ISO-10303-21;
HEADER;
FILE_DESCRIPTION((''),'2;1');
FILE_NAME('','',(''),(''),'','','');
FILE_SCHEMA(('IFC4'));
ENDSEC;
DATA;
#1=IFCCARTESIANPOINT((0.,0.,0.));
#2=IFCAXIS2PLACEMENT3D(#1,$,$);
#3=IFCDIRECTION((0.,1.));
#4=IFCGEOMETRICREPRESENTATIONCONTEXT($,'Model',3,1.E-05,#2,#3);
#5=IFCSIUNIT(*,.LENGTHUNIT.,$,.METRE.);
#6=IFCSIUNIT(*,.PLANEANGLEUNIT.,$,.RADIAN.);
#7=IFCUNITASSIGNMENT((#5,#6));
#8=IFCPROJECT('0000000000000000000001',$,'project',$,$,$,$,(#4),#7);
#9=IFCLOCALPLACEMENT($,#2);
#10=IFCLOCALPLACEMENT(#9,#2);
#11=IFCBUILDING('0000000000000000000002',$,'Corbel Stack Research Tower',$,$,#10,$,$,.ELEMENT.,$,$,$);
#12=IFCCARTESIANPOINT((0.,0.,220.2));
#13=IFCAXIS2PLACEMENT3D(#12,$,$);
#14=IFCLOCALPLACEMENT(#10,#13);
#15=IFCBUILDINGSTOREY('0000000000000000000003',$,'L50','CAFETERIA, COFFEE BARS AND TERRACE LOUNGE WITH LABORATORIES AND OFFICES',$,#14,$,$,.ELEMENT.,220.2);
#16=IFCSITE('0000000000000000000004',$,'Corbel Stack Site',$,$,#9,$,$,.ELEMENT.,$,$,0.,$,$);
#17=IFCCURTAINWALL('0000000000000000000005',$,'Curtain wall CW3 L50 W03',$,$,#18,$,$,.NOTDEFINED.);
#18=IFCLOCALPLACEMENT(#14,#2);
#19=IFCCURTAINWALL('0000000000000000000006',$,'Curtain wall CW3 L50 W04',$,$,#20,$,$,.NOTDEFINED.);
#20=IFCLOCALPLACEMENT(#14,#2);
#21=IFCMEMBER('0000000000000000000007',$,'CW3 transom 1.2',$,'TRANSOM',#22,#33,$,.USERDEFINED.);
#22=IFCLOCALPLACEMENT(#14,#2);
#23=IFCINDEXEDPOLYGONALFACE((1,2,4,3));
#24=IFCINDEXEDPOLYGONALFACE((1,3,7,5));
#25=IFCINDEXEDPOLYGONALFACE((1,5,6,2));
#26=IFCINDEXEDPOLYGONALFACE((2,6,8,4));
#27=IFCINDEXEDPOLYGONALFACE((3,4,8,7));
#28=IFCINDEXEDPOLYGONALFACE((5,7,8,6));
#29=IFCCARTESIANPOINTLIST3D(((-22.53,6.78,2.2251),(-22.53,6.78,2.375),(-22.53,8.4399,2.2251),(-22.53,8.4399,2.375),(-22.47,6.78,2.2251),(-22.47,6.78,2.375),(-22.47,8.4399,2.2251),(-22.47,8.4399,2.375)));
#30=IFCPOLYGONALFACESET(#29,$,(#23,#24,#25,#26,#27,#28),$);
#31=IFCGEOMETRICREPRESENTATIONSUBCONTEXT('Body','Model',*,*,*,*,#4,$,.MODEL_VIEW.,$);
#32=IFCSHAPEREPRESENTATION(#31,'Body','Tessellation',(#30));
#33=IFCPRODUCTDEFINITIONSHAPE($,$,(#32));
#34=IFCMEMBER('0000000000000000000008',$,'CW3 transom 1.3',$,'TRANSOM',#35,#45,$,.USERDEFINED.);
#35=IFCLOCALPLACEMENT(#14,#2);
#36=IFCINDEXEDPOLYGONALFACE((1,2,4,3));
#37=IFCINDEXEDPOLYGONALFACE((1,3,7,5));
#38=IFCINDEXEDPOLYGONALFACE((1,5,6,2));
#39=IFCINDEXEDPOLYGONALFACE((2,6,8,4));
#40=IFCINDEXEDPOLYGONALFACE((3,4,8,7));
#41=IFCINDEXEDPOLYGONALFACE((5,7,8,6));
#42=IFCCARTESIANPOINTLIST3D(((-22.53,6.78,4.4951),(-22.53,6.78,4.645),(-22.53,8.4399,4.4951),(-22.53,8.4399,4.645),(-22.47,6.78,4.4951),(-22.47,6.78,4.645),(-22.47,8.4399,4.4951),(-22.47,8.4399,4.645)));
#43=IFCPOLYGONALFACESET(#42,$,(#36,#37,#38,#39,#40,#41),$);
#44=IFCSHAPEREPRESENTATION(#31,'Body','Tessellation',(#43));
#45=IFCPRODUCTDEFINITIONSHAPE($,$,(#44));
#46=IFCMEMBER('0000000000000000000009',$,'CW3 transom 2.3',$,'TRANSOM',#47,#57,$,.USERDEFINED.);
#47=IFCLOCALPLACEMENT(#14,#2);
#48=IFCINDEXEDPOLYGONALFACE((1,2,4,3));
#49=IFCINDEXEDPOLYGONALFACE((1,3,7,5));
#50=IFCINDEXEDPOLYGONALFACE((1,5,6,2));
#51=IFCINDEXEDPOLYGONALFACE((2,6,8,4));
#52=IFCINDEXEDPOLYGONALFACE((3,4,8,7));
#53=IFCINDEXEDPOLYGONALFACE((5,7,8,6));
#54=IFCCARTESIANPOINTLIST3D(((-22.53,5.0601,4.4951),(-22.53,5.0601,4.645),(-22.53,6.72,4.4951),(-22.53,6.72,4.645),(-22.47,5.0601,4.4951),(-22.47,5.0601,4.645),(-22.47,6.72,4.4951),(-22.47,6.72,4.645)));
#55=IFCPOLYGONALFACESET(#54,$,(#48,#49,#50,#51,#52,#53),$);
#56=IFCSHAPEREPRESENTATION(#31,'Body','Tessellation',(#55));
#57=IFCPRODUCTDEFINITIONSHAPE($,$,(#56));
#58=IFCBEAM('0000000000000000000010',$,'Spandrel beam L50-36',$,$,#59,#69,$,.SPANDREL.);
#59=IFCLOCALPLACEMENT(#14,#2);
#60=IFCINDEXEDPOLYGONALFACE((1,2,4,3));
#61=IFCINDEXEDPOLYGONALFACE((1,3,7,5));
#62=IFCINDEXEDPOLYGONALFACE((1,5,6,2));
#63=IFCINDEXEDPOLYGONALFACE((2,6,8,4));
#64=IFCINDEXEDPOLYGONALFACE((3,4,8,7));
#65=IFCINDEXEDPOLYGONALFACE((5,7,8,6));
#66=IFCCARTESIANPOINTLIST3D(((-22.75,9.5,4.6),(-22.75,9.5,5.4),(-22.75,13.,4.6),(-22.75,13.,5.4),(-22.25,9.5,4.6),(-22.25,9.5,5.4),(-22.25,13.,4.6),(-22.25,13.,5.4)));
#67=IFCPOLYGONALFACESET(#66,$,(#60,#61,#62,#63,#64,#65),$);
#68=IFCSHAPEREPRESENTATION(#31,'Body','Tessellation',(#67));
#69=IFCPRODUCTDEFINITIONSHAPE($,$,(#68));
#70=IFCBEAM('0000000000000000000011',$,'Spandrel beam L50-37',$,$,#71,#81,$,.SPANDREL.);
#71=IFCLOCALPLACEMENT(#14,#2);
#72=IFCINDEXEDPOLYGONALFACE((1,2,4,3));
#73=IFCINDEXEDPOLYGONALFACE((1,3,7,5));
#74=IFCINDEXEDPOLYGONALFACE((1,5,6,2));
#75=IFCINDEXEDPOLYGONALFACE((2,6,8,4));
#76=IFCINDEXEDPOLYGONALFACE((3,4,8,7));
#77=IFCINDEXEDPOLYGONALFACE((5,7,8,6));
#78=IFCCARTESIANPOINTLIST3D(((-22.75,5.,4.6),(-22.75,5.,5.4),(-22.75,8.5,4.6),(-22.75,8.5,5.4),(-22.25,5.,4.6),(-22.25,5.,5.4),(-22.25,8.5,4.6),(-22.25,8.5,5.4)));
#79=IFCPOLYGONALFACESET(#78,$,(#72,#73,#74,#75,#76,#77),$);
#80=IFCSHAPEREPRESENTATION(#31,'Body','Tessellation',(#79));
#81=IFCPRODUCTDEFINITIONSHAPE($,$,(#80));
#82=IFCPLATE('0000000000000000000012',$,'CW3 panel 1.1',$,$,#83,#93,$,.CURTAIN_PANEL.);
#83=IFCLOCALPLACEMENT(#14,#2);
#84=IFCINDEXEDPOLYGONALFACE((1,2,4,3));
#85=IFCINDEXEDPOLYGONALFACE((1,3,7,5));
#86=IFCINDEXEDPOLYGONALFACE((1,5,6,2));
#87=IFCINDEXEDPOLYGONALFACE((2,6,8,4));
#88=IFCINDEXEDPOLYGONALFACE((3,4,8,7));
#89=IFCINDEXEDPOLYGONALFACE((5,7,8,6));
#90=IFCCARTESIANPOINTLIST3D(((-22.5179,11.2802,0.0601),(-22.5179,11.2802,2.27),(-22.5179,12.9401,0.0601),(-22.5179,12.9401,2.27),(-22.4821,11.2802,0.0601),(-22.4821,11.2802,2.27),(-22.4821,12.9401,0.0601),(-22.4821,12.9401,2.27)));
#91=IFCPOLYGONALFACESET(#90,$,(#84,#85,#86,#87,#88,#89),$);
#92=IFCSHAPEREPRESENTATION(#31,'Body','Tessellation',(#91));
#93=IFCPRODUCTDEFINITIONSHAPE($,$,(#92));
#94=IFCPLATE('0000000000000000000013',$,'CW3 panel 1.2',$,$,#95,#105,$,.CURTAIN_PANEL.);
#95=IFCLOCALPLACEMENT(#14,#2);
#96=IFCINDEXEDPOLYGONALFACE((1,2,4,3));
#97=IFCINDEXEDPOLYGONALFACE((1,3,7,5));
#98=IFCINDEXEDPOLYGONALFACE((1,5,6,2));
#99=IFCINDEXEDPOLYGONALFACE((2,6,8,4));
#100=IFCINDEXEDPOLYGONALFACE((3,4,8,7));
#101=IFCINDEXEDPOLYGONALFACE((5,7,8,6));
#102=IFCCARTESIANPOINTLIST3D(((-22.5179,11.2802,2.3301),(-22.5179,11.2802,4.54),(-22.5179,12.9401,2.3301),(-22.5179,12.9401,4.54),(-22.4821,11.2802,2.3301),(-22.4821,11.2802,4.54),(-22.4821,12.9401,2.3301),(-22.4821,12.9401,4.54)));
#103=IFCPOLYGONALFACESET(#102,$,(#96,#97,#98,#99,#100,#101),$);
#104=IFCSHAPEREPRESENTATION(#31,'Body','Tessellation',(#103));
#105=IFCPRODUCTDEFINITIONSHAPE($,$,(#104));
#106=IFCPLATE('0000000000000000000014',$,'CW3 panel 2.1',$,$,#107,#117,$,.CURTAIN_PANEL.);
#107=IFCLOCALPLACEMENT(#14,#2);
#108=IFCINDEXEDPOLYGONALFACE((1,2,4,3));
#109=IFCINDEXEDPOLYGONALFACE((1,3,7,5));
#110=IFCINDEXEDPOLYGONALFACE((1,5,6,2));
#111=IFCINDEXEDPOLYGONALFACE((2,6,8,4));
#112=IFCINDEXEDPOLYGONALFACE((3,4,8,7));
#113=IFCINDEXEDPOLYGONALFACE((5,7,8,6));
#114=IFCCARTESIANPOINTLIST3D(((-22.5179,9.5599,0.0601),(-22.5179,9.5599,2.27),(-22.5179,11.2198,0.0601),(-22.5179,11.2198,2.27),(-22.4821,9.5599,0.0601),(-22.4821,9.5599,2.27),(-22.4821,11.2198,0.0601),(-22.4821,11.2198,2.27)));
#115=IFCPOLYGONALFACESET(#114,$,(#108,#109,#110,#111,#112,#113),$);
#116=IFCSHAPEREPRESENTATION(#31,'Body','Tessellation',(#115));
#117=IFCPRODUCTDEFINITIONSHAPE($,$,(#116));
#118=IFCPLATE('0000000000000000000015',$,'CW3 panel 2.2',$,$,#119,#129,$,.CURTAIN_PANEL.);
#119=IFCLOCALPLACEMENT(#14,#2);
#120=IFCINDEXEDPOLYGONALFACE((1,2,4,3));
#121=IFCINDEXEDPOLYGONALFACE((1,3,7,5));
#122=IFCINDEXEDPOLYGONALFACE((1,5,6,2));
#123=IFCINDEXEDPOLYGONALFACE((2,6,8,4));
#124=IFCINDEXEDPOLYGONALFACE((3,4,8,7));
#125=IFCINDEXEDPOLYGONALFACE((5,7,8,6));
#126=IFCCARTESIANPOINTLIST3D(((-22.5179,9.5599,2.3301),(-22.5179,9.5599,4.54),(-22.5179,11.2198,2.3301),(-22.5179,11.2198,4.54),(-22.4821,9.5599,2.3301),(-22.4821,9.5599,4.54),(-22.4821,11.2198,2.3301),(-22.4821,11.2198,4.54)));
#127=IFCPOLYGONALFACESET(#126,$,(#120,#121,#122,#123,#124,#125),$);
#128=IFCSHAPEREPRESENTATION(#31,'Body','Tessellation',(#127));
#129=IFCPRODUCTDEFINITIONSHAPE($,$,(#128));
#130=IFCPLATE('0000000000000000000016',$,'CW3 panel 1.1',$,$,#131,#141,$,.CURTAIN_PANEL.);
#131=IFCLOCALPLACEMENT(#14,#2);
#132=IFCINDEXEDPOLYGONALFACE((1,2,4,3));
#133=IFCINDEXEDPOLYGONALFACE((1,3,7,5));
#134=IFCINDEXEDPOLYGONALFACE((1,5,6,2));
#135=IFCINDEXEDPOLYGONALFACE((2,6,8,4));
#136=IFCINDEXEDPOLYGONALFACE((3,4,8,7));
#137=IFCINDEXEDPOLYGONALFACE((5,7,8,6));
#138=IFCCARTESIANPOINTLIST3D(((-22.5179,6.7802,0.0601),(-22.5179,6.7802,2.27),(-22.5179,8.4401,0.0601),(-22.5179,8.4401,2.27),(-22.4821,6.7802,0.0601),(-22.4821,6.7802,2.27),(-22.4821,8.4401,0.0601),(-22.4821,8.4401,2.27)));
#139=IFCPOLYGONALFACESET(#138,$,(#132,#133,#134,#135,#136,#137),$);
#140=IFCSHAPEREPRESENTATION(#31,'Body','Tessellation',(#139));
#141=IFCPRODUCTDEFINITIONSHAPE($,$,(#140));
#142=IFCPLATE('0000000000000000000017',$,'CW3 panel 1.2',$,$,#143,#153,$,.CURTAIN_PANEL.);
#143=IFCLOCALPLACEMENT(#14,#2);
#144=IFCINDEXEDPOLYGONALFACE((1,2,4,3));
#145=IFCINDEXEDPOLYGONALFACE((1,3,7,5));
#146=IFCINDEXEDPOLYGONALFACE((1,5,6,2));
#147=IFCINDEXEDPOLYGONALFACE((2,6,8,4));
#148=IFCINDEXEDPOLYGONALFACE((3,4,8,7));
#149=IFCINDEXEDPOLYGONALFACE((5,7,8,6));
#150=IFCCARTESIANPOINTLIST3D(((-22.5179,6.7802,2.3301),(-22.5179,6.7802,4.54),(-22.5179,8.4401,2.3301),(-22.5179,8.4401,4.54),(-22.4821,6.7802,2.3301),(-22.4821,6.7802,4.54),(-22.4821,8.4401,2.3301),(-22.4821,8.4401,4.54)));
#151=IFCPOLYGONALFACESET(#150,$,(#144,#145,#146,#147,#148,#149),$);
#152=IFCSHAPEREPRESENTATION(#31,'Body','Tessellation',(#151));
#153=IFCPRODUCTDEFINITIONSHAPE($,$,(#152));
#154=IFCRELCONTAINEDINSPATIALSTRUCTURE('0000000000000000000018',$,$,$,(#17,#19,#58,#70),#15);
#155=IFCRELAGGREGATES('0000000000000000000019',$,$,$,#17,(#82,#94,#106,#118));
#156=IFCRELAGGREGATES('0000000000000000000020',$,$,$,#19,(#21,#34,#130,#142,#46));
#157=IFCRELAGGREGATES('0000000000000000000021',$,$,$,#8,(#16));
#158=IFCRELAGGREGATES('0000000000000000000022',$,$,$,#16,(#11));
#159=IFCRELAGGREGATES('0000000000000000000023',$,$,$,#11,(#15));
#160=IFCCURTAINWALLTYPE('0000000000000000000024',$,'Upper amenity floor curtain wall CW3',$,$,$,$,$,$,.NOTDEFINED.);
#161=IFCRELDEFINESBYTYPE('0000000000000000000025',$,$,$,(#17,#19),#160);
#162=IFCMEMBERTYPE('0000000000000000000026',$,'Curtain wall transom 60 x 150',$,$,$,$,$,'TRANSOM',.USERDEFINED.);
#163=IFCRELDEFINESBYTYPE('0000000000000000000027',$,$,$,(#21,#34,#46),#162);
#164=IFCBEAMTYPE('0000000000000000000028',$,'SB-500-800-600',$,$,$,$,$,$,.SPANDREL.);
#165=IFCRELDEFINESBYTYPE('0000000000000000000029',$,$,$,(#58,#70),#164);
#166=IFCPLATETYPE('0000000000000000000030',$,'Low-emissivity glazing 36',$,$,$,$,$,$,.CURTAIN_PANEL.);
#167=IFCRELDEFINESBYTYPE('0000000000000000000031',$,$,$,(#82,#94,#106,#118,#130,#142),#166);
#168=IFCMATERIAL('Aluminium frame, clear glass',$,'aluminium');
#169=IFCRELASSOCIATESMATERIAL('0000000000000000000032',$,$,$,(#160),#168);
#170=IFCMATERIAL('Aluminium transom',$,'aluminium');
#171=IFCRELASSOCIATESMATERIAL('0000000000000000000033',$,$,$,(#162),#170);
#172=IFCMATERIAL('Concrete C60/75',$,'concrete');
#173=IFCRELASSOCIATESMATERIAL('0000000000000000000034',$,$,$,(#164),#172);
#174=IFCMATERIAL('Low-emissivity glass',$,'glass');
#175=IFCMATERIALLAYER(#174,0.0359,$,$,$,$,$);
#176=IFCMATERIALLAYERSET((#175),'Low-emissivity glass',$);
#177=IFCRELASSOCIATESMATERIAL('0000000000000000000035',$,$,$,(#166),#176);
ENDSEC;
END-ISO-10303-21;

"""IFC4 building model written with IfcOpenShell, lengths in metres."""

from ifc_helpers import new_model, si_unit, direction, frame, origin, origin_2d, place, context, subcontext, project, spatial, rectangle, extrude, material, layer, layer_set, material_profile, profile_set, type_object, element, aggregate, save


model = new_model("IFC4")

# Units and contexts
model_context = context("Model", 3, precision=1e-05, world=origin(), true_north=direction((0.0, 1.0)))
body_context = subcontext(model_context, "Body", "Model", "MODEL_VIEW")
ifc_project = project(units=[si_unit("LENGTHUNIT", "METRE"), si_unit("PLANEANGLEUNIT", "RADIAN")], contexts=[model_context])

# Site, building, storey
site_placement = place(None, origin())
site = spatial("IfcSite", under=ifc_project, at=site_placement, Name="Corbel Stack Site", CompositionType="ELEMENT", RefElevation=0.0)
building_placement = place(site_placement, origin())
building = spatial("IfcBuilding", under=site, at=building_placement, Name="Corbel Stack Research Tower", CompositionType="ELEMENT")
storey_placement = place(building_placement, frame((0.0, 0.0, 220.2)))
storey = spatial("IfcBuildingStorey", under=building, at=storey_placement, Name="L50", Description="CAFETERIA, COFFEE BARS AND TERRACE LOUNGE WITH LABORATORIES AND OFFICES", CompositionType="ELEMENT", Elevation=220.2)

# Curtain walls
ifc_material_1 = material(Name="Aluminium frame, clear glass", Category="aluminium")
curtain_wall_type = type_object("IfcCurtainWallType", Name="Upper amenity floor curtain wall CW3", PredefinedType="NOTDEFINED", material=ifc_material_1)
curtain_wall_1_placement = place(storey_placement, origin())
curtain_wall_1 = element("IfcCurtainWall", 1, at=curtain_wall_1_placement, inside=storey, type_object=curtain_wall_type, Name="Curtain wall CW3 L50 W03", PredefinedType="NOTDEFINED")
curtain_wall_2_placement = place(storey_placement, origin())
curtain_wall_2 = element("IfcCurtainWall", 2, at=curtain_wall_2_placement, inside=storey, type_object=curtain_wall_type, Name="Curtain wall CW3 L50 W04", PredefinedType="NOTDEFINED")

# Members
ifc_material_2 = material(Name="Aluminium transom", Category="aluminium")
ifc_material_profile_1 = material_profile(ifc_material_2, rectangle(XDim=0.0601, YDim=0.1499, at=origin_2d()), Name="Transom 60 x 150")
ifc_profile_set_1 = profile_set([ifc_material_profile_1], Name="Aluminium transom")
member_type_1 = type_object("IfcMemberType", Name="Curtain wall transom 60 x 150", ElementType="TRANSOM", PredefinedType="USERDEFINED", material=ifc_profile_set_1)
member_1_placement = place(storey_placement, frame((-22.5, 8.4399, 2.3), z_axis=(0.0, -1.0, 0.0), x_axis=(1.0, 0.0, 0.0)))
member_1 = element("IfcMember", 3, at=member_1_placement, type_object=member_type_1, Name="CW3 transom 1.2", ObjectType="TRANSOM", PredefinedType="USERDEFINED", context=body_context, shape_type="SweptSolid", body=[
    extrude(rectangle(XDim=0.0601, YDim=0.1499, at=origin_2d()), origin(), (0.0, 0.0, 1.0), 1.6599),
])
member_2_placement = place(storey_placement, frame((-22.5, 8.4399, 4.5701), z_axis=(0.0, -1.0, 0.0), x_axis=(1.0, 0.0, 0.0)))
member_2 = element("IfcMember", 4, at=member_2_placement, type_object=member_type_1, Name="CW3 transom 1.3", ObjectType="TRANSOM", PredefinedType="USERDEFINED", context=body_context, shape_type="SweptSolid", body=[
    extrude(rectangle(XDim=0.0601, YDim=0.1499, at=origin_2d()), origin(), (0.0, 0.0, 1.0), 1.6599),
])
member_3_placement = place(storey_placement, frame((-22.5, 6.72, 4.5701), z_axis=(0.0, -1.0, 0.0), x_axis=(1.0, 0.0, 0.0)))
member_3 = element("IfcMember", 5, at=member_3_placement, type_object=member_type_1, Name="CW3 transom 2.3", ObjectType="TRANSOM", PredefinedType="USERDEFINED", context=body_context, shape_type="SweptSolid", body=[
    extrude(rectangle(XDim=0.0601, YDim=0.1499, at=origin_2d()), origin(), (0.0, 0.0, 1.0), 1.6599),
])

# Beams
ifc_material_3 = material(Name="Concrete C60/75", Category="concrete")
ifc_material_profile_2 = material_profile(ifc_material_3, rectangle(XDim=0.5, YDim=0.8, at=origin_2d()), Name="RC 500 x 800")
ifc_profile_set_2 = profile_set([ifc_material_profile_2], Name="Concrete C60/75")
beam_type = type_object("IfcBeamType", Name="SB-500-800-600", PredefinedType="SPANDREL", material=ifc_profile_set_2)
for number, where, z_axis, x_axis, name in (
    (6, (-22.5, 13.0, 5.0), (0.0, -1.0, 0.0), (1.0, 0.0, 0.0), "Spandrel beam L50-36"),
    (7, (-22.5, 8.5, 5.0), (0.0, -1.0, 0.0), (1.0, 0.0, 0.0), "Spandrel beam L50-37"),
):
    element("IfcBeam", number, at=place(storey_placement, frame(where, z_axis=z_axis, x_axis=x_axis)), inside=storey, type_object=beam_type, Name=name, PredefinedType="SPANDREL", context=body_context, shape_type="SweptSolid", body=[
        extrude(rectangle(XDim=0.5, YDim=0.8, at=origin_2d()), origin(), (0.0, 0.0, 1.0), 3.5),
    ])

# Plates
ifc_material_4 = material(Name="Low-emissivity glass", Category="glass")
ifc_layer = layer(ifc_material_4, 0.0359)
ifc_layer_set = layer_set([ifc_layer], Name="Low-emissivity glass")
plate_type = type_object("IfcPlateType", Name="Low-emissivity glazing 36", PredefinedType="CURTAIN_PANEL", material=ifc_layer_set)
plate_1_placement = place(storey_placement, frame((-22.5, 12.1101, 0.0601), z_axis=(0.0, 0.0, 1.0), x_axis=(0.0, -1.0, 0.0)))
plate_1 = element("IfcPlate", 8, at=plate_1_placement, type_object=plate_type, Name="CW3 panel 1.1", PredefinedType="CURTAIN_PANEL", context=body_context, shape_type="SweptSolid", body=[
    extrude(rectangle(XDim=1.6599, YDim=0.0359, at=origin_2d()), origin(), (0.0, 0.0, 1.0), 2.21),
])
plate_2_placement = place(storey_placement, frame((-22.5, 12.1101, 2.3301), z_axis=(0.0, 0.0, 1.0), x_axis=(0.0, -1.0, 0.0)))
plate_2 = element("IfcPlate", 9, at=plate_2_placement, type_object=plate_type, Name="CW3 panel 1.2", PredefinedType="CURTAIN_PANEL", context=body_context, shape_type="SweptSolid", body=[
    extrude(rectangle(XDim=1.6599, YDim=0.0359, at=origin_2d()), origin(), (0.0, 0.0, 1.0), 2.21),
])
plate_3_placement = place(storey_placement, frame((-22.5, 10.3899, 0.0601), z_axis=(0.0, 0.0, 1.0), x_axis=(0.0, -1.0, 0.0)))
plate_3 = element("IfcPlate", 10, at=plate_3_placement, type_object=plate_type, Name="CW3 panel 2.1", PredefinedType="CURTAIN_PANEL", context=body_context, shape_type="SweptSolid", body=[
    extrude(rectangle(XDim=1.6599, YDim=0.0359, at=origin_2d()), origin(), (0.0, 0.0, 1.0), 2.21),
])
plate_4_placement = place(storey_placement, frame((-22.5, 10.3899, 2.3301), z_axis=(0.0, 0.0, 1.0), x_axis=(0.0, -1.0, 0.0)))
plate_4 = element("IfcPlate", 11, at=plate_4_placement, type_object=plate_type, Name="CW3 panel 2.2", PredefinedType="CURTAIN_PANEL", context=body_context, shape_type="SweptSolid", body=[
    extrude(rectangle(XDim=1.6599, YDim=0.0359, at=origin_2d()), origin(), (0.0, 0.0, 1.0), 2.21),
])
aggregate(curtain_wall_1, [plate_1, plate_2, plate_3, plate_4])
plate_5_placement = place(storey_placement, frame((-22.5, 7.6101, 0.0601), z_axis=(0.0, 0.0, 1.0), x_axis=(0.0, -1.0, 0.0)))
plate_5 = element("IfcPlate", 12, at=plate_5_placement, type_object=plate_type, Name="CW3 panel 1.1", PredefinedType="CURTAIN_PANEL", context=body_context, shape_type="SweptSolid", body=[
    extrude(rectangle(XDim=1.6599, YDim=0.0359, at=origin_2d()), origin(), (0.0, 0.0, 1.0), 2.21),
])
plate_6_placement = place(storey_placement, frame((-22.5, 7.6101, 2.3301), z_axis=(0.0, 0.0, 1.0), x_axis=(0.0, -1.0, 0.0)))
plate_6 = element("IfcPlate", 13, at=plate_6_placement, type_object=plate_type, Name="CW3 panel 1.2", PredefinedType="CURTAIN_PANEL", context=body_context, shape_type="SweptSolid", body=[
    extrude(rectangle(XDim=1.6599, YDim=0.0359, at=origin_2d()), origin(), (0.0, 0.0, 1.0), 2.21),
])
aggregate(curtain_wall_2, [member_1, member_2, plate_5, plate_6, member_3])

save(model, "model.ifc")
